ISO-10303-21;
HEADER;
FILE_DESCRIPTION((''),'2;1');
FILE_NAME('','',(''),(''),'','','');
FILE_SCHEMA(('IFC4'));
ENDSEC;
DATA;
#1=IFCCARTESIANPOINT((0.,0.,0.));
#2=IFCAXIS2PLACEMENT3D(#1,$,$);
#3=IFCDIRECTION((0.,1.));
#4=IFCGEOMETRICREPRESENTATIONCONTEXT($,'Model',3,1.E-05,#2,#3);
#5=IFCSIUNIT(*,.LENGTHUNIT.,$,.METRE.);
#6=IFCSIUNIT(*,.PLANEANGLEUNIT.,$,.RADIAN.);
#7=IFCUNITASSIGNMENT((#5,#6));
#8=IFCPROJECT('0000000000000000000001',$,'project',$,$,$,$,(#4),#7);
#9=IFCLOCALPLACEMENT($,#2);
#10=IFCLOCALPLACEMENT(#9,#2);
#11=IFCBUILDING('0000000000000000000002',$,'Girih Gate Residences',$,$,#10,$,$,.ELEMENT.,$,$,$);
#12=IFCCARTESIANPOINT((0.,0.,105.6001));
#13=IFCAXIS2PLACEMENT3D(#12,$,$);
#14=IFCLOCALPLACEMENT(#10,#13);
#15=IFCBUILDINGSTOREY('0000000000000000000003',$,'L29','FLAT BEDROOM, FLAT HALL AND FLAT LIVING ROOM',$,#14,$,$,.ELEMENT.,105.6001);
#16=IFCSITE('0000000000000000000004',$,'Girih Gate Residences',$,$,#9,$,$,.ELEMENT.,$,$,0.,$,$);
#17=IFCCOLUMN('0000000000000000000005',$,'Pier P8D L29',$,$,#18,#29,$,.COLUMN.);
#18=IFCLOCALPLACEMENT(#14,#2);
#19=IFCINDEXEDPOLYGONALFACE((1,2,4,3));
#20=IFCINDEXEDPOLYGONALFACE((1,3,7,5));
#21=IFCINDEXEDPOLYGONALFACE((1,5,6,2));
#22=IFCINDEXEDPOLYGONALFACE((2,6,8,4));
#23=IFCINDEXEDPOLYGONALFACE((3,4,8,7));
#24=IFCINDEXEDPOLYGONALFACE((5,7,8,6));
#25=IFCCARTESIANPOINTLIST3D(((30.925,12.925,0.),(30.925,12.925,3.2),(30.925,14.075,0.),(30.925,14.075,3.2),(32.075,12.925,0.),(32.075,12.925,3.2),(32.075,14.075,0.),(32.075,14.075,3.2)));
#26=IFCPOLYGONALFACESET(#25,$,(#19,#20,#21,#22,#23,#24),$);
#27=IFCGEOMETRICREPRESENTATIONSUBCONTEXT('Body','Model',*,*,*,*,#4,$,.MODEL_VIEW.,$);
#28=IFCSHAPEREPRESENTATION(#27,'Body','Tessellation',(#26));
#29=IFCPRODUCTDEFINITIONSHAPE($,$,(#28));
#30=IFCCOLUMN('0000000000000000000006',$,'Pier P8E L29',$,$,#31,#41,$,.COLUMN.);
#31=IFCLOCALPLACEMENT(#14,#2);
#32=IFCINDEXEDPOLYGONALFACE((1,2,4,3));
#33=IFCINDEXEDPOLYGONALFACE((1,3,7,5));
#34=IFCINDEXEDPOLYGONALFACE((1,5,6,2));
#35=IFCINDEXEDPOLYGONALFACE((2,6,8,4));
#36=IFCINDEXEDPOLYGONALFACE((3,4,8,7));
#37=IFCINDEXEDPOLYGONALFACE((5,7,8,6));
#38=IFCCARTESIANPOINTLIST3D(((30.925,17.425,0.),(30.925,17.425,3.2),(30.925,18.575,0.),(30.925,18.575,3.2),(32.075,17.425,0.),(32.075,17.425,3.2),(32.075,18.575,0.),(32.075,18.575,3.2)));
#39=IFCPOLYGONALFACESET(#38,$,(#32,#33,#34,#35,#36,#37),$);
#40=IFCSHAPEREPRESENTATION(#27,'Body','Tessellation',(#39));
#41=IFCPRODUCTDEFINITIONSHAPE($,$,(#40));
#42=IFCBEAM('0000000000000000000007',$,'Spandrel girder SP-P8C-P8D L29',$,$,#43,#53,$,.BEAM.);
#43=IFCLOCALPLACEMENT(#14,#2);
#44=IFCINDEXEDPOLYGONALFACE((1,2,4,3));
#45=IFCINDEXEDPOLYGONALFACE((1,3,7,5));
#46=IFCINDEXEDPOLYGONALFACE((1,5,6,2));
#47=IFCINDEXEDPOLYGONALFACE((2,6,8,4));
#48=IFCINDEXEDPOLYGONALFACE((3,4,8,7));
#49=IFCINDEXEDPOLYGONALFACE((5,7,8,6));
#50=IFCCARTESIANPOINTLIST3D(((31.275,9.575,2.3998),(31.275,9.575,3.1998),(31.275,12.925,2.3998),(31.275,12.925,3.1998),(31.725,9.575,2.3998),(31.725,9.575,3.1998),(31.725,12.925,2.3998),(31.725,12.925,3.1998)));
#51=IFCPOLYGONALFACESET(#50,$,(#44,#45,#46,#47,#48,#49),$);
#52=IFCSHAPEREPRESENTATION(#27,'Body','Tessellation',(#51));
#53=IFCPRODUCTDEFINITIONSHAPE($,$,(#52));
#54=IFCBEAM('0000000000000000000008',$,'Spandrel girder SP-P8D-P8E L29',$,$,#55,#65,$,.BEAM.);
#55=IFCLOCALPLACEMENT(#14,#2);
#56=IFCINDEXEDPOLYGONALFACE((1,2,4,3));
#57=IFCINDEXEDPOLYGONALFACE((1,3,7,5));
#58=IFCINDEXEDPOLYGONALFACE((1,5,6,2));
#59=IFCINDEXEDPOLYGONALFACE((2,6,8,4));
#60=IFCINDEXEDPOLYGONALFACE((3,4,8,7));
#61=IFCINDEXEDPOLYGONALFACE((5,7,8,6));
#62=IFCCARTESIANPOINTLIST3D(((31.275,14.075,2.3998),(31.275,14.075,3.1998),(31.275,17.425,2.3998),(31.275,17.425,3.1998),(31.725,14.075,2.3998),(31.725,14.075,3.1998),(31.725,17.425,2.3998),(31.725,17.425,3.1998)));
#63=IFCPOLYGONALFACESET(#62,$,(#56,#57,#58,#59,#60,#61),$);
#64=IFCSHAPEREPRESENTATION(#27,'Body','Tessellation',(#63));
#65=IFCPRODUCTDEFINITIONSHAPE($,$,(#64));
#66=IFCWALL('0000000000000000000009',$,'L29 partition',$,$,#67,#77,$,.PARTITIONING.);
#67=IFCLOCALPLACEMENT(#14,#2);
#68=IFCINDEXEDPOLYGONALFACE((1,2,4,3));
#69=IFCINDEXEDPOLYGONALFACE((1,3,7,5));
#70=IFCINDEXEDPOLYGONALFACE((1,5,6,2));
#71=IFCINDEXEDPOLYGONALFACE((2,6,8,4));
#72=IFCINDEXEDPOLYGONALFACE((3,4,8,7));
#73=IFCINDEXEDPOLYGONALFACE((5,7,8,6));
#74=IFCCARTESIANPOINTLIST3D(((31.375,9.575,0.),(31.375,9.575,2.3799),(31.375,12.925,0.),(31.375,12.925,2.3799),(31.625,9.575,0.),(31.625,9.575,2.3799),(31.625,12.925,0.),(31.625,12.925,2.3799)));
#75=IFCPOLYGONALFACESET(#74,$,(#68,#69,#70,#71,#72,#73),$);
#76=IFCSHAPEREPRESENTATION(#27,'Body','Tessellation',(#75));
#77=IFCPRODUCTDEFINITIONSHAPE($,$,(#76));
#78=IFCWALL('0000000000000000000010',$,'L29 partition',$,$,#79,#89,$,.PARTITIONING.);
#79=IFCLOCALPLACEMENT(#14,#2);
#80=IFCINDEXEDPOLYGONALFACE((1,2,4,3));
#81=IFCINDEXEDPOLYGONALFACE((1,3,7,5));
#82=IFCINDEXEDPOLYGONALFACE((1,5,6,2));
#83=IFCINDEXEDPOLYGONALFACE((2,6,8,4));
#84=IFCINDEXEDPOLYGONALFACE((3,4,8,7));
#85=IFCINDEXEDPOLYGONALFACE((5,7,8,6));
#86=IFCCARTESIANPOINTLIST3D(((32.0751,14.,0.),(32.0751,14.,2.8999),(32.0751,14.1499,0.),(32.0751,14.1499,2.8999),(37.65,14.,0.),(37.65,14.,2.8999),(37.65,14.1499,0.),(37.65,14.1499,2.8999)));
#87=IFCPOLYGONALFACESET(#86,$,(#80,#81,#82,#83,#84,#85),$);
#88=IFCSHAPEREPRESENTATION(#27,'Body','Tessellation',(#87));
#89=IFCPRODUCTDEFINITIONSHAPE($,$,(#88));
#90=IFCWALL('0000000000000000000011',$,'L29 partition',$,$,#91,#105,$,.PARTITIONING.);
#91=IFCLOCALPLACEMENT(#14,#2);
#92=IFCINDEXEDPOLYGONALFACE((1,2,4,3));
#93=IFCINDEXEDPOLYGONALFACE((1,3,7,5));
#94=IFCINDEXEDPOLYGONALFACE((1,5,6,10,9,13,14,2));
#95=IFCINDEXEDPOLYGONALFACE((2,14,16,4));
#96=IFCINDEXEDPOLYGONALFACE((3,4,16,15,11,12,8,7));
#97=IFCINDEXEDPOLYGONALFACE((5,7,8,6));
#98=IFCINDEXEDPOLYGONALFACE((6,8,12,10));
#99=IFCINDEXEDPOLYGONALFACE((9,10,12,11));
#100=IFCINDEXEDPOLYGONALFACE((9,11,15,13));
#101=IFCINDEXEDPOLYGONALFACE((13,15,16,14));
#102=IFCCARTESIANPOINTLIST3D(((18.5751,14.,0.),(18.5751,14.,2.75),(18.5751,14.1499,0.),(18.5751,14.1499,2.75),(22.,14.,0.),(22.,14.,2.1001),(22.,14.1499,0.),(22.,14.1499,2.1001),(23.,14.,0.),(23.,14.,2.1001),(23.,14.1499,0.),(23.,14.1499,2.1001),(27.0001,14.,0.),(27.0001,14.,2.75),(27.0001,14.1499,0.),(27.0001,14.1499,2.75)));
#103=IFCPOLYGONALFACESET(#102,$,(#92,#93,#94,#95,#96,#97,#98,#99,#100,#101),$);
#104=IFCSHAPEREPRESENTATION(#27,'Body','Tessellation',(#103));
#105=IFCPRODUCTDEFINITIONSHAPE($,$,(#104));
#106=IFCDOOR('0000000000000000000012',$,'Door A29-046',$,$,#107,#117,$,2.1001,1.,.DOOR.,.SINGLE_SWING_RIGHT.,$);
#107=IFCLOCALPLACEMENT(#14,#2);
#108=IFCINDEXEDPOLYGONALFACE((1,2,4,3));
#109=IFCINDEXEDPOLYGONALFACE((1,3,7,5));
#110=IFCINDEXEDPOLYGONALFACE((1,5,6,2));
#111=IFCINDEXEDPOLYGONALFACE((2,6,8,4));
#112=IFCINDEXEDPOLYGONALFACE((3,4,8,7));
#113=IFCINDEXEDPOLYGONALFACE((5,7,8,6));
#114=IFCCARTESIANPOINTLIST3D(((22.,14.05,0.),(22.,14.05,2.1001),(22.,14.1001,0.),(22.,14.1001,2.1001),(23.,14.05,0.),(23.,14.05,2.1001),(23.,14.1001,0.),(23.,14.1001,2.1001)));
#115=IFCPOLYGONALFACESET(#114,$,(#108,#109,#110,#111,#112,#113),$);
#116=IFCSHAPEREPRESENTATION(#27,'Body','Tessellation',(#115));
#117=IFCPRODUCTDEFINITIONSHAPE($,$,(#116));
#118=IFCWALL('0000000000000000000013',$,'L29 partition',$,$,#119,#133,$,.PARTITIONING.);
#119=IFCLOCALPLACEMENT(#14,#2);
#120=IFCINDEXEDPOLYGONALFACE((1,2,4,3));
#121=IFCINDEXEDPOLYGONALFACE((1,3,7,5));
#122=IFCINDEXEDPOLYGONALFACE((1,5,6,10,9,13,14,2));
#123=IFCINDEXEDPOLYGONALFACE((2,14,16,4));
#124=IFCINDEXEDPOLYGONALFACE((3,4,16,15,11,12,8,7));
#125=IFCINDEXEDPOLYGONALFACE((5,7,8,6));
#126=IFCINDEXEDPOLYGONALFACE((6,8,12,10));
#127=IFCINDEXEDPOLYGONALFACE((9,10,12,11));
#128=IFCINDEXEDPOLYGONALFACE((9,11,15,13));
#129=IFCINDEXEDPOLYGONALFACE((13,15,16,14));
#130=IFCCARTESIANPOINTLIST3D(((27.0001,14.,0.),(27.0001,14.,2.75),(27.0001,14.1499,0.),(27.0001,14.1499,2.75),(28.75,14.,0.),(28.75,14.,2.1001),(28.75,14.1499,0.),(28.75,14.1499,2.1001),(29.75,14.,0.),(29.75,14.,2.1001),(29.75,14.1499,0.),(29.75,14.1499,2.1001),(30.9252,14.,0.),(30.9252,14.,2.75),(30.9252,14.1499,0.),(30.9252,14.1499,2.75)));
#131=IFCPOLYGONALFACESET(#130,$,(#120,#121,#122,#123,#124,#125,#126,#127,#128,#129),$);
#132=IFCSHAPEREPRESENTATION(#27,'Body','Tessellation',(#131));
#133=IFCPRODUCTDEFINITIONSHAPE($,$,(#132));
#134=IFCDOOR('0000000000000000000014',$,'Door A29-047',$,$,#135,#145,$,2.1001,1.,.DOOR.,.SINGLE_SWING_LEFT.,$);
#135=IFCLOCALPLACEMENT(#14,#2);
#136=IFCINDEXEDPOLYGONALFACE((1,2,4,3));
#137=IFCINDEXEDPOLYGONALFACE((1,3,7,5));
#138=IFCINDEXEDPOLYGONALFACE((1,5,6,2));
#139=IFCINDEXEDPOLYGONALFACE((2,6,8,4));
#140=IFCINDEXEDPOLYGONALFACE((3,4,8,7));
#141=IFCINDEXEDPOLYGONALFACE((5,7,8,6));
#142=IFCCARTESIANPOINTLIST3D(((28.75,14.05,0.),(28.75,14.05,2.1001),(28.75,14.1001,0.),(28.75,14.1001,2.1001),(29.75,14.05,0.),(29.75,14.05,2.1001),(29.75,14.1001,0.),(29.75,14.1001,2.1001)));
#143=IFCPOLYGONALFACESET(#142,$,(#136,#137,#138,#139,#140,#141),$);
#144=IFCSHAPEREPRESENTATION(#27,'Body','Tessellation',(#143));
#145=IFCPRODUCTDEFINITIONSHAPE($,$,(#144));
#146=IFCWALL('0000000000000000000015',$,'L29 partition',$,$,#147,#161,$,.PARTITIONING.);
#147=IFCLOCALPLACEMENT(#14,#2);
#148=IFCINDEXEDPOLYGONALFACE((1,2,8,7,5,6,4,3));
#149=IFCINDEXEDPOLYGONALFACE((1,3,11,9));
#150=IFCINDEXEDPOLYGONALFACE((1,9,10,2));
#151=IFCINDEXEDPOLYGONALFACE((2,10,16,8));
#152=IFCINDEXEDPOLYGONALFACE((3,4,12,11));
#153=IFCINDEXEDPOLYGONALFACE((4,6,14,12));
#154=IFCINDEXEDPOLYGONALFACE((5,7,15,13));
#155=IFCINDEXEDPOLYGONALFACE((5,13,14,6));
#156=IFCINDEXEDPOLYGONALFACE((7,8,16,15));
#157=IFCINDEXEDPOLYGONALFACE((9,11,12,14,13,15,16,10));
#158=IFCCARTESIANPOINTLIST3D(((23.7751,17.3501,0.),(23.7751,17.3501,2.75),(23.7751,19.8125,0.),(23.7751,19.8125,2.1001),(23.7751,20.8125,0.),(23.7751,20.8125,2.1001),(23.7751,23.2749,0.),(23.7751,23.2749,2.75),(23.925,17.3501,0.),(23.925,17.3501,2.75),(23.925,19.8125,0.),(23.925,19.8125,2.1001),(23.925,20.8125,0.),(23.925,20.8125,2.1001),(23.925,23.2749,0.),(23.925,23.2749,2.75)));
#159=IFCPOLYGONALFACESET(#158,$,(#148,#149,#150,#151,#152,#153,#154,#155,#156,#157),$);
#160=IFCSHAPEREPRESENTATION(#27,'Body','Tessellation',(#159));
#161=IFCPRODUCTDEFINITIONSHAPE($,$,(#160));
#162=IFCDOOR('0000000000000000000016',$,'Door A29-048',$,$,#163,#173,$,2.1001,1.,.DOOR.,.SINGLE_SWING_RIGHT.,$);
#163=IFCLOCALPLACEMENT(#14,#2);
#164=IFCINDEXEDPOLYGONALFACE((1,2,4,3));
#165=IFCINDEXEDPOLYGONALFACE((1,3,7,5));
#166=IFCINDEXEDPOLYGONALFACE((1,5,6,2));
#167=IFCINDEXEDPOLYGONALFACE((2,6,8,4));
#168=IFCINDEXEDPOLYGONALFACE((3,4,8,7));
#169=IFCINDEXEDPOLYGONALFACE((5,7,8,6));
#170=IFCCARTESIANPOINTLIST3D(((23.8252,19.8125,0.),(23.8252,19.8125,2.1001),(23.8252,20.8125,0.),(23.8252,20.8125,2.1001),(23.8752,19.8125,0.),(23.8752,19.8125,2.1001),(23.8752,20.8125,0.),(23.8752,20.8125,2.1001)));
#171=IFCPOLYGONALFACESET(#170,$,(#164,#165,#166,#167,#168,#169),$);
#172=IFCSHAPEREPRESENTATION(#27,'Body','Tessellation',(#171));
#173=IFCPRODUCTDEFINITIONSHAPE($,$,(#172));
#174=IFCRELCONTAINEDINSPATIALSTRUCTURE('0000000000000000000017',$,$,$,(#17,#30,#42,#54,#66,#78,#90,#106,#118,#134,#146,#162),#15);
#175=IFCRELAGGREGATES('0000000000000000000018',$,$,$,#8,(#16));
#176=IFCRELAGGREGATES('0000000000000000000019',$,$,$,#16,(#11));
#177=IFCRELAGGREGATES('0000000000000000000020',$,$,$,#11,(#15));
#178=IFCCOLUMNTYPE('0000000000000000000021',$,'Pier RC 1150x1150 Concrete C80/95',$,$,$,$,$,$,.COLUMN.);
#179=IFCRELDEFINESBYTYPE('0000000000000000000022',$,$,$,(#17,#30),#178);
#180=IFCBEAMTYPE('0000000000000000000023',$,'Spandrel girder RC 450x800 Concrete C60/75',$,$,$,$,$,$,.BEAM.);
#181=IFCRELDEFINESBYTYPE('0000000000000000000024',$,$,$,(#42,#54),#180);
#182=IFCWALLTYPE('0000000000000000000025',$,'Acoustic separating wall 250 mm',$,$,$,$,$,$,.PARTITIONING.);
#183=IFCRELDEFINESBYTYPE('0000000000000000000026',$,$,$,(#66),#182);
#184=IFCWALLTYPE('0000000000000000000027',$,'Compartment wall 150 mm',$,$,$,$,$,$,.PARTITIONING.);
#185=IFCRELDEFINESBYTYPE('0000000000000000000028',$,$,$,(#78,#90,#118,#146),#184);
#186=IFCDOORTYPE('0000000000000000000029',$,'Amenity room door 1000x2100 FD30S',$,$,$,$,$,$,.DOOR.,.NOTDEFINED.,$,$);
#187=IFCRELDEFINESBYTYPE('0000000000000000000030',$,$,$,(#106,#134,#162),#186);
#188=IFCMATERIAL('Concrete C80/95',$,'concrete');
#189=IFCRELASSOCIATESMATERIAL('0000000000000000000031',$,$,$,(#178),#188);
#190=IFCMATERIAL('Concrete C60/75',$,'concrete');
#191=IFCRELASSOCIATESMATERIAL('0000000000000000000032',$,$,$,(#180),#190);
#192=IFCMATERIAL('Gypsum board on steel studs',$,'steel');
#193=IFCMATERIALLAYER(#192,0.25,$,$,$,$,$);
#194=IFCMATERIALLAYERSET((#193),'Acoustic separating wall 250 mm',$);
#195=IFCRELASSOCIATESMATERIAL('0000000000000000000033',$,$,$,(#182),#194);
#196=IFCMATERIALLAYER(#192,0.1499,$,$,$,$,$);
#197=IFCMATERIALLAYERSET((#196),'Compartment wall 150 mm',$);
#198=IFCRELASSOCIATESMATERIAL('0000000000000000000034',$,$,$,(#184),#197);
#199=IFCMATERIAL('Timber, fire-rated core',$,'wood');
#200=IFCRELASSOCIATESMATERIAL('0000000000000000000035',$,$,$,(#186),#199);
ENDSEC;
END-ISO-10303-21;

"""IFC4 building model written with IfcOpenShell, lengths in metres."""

from ifc_helpers import new_model, si_unit, direction, frame, frame_2d, origin, origin_2d, place, context, subcontext, project, spatial, rectangle, extrude, material, layer, layer_set, material_profile, profile_set, type_object, element, fill, save


model = new_model("IFC4")

# Units and contexts
model_context = context("Model", 3, precision=1e-05, world=origin(), true_north=direction((0.0, 1.0)))
body_context = subcontext(model_context, "Body", "Model", "MODEL_VIEW")
ifc_project = project(units=[si_unit("LENGTHUNIT", "METRE"), si_unit("PLANEANGLEUNIT", "RADIAN")], contexts=[model_context])

# Site, building, storey
site_placement = place(None, origin())
site = spatial("IfcSite", under=ifc_project, at=site_placement, Name="Girih Gate Residences", CompositionType="ELEMENT", RefElevation=0.0)
building_placement = place(site_placement, origin())
building = spatial("IfcBuilding", under=site, at=building_placement, Name="Girih Gate Residences", CompositionType="ELEMENT")
storey_placement = place(building_placement, frame((0.0, 0.0, 105.6001)))
storey = spatial("IfcBuildingStorey", under=building, at=storey_placement, Name="L29", Description="FLAT BEDROOM, FLAT HALL AND FLAT LIVING ROOM", CompositionType="ELEMENT", Elevation=105.6001)

# Columns
ifc_material_1 = material(Name="Concrete C80/95", Category="concrete")
ifc_material_profile_1 = material_profile(ifc_material_1, rectangle(XDim=1.1499, YDim=1.1499, at=origin_2d()))
ifc_profile_set_1 = profile_set([ifc_material_profile_1], Name="Concrete C80/95")
column_type = type_object("IfcColumnType", Name="Pier RC 1150x1150 Concrete C80/95", PredefinedType="COLUMN", material=ifc_profile_set_1)
for number, where, z_axis, x_axis, name in (
    (1, (31.5, 13.5, 0.0), (0.0, 0.0, 1.0), (1.0, 0.0, 0.0), "Pier P8D L29"),
    (2, (31.5, 18.0, 0.0), (0.0, 0.0, 1.0), (1.0, 0.0, 0.0), "Pier P8E L29"),
):
    element("IfcColumn", number, at=place(storey_placement, frame(where, z_axis=z_axis, x_axis=x_axis)), inside=storey, type_object=column_type, Name=name, PredefinedType="COLUMN", context=body_context, shape_type="SweptSolid", body=[
        extrude(rectangle(XDim=1.1499, YDim=1.1499, at=origin_2d()), origin(), (0.0, 0.0, 1.0), 3.2),
    ])

# Beams
ifc_material_2 = material(Name="Concrete C60/75", Category="concrete")
ifc_material_profile_2 = material_profile(ifc_material_2, rectangle(XDim=0.45, YDim=0.8, at=origin_2d()))
ifc_profile_set_2 = profile_set([ifc_material_profile_2], Name="Concrete C60/75")
beam_type = type_object("IfcBeamType", Name="Spandrel girder RC 450x800 Concrete C60/75", PredefinedType="BEAM", material=ifc_profile_set_2)
for number, where, z_axis, x_axis, name in (
    (3, (31.5, 9.575, 2.7998), (0.0, 1.0, 0.0), (-1.0, 0.0, 0.0), "Spandrel girder SP-P8C-P8D L29"),
    (4, (31.5, 14.075, 2.7998), (0.0, 1.0, 0.0), (-1.0, 0.0, 0.0), "Spandrel girder SP-P8D-P8E L29"),
):
    element("IfcBeam", number, at=place(storey_placement, frame(where, z_axis=z_axis, x_axis=x_axis)), inside=storey, type_object=beam_type, Name=name, PredefinedType="BEAM", context=body_context, shape_type="SweptSolid", body=[
        extrude(rectangle(XDim=0.45, YDim=0.8, at=origin_2d()), origin(), (0.0, 0.0, 1.0), 3.3501),
    ])

# Walls
ifc_material_3 = material(Name="Gypsum board on steel studs", Category="steel")
ifc_layer_1 = layer(ifc_material_3, 0.25)
ifc_layer_set_1 = layer_set([ifc_layer_1], Name="Acoustic separating wall 250 mm")
wall_type_1 = type_object("IfcWallType", Name="Acoustic separating wall 250 mm", PredefinedType="PARTITIONING", material=ifc_layer_set_1)
wall_1_placement = place(storey_placement, frame((31.5, 9.575, 0.0), z_axis=(0.0, 0.0, 1.0), x_axis=(0.0, 1.0, 0.0)))
element("IfcWall", 5, at=wall_1_placement, inside=storey, type_object=wall_type_1, Name="L29 partition", PredefinedType="PARTITIONING", context=body_context, shape_type="SweptSolid", body=[
    extrude(rectangle(XDim=3.3501, YDim=0.25, at=frame_2d((1.675, 0.0))), origin(), (0.0, 0.0, 1.0), 2.3799),
])
ifc_layer_2 = layer(ifc_material_3, 0.1499)
ifc_layer_set_2 = layer_set([ifc_layer_2], Name="Compartment wall 150 mm")
wall_type_2 = type_object("IfcWallType", Name="Compartment wall 150 mm", PredefinedType="PARTITIONING", material=ifc_layer_set_2)
wall_2_placement = place(storey_placement, frame((32.075, 14.075, 0.0), z_axis=(0.0, 0.0, 1.0), x_axis=(1.0, 0.0, 0.0)))
element("IfcWall", 6, at=wall_2_placement, inside=storey, type_object=wall_type_2, Name="L29 partition", PredefinedType="PARTITIONING", context=body_context, shape_type="SweptSolid", body=[
    extrude(rectangle(XDim=5.575, YDim=0.1499, at=frame_2d((2.7876, 0.0))), origin(), (0.0, 0.0, 1.0), 2.8999),
])

# Walls, openings, doors
wall_3_placement = place(storey_placement, frame((27.0, 14.075, 0.0), z_axis=(0.0, 0.0, 1.0), x_axis=(-1.0, 0.0, 0.0)))
wall_3 = element("IfcWall", 7, at=wall_3_placement, inside=storey, type_object=wall_type_2, Name="L29 partition", PredefinedType="PARTITIONING", context=body_context, shape_type="SweptSolid", body=[
    extrude(rectangle(XDim=8.425, YDim=0.1499, at=frame_2d((4.2124, 0.0))), origin(), (0.0, 0.0, 1.0), 2.75),
])
opening_1_placement = place(wall_3_placement, frame((4.0, 0.0, 0.0)))
opening_1 = element("IfcOpeningElement", 8, at=opening_1_placement, cuts=wall_3, PredefinedType="OPENING", context=body_context, shape_type="SweptSolid", body=[
    extrude(rectangle(XDim=1.0, YDim=2.1001, at=frame_2d((0.5, 1.05))), frame((0.0, 0.085, 0.0), z_axis=(0.0, -1.0, 0.0), x_axis=(1.0, 0.0, 0.0)), (0.0, 0.0, 1.0), 0.1699),
])
ifc_material_4 = material(Name="Timber, fire-rated core", Category="wood")
door_type_1 = type_object("IfcDoorType", Name="Amenity room door 1000x2100 FD30S", OperationType="NOTDEFINED", PredefinedType="DOOR", material=ifc_material_4)
door_1_placement = place(opening_1_placement, origin())
door_1 = element("IfcDoor", 9, at=door_1_placement, inside=storey, type_object=door_type_1, Name="Door A29-046", OperationType="SINGLE_SWING_RIGHT", OverallHeight=2.1001, OverallWidth=1.0, PredefinedType="DOOR", context=body_context, shape_type="SweptSolid", body=[
    extrude(rectangle(XDim=1.0, YDim=2.1001, at=frame_2d((0.5, 1.05))), frame((0.0, 0.0249, 0.0), z_axis=(0.0, -1.0, 0.0), x_axis=(1.0, 0.0, 0.0)), (0.0, 0.0, 1.0), 0.05),
])
fill(opening_1, door_1)
wall_4_placement = place(storey_placement, frame((30.925, 14.075, 0.0), z_axis=(0.0, 0.0, 1.0), x_axis=(-1.0, 0.0, 0.0)))
wall_4 = element("IfcWall", 10, at=wall_4_placement, inside=storey, type_object=wall_type_2, Name="L29 partition", PredefinedType="PARTITIONING", context=body_context, shape_type="SweptSolid", body=[
    extrude(rectangle(XDim=3.925, YDim=0.1499, at=frame_2d((1.9624, 0.0))), origin(), (0.0, 0.0, 1.0), 2.75),
])
opening_2_placement = place(wall_4_placement, frame((1.175, 0.0, 0.0)))
opening_2 = element("IfcOpeningElement", 11, at=opening_2_placement, cuts=wall_4, PredefinedType="OPENING", context=body_context, shape_type="SweptSolid", body=[
    extrude(rectangle(XDim=1.0, YDim=2.1001, at=frame_2d((0.5, 1.05))), frame((0.0, 0.085, 0.0), z_axis=(0.0, -1.0, 0.0), x_axis=(1.0, 0.0, 0.0)), (0.0, 0.0, 1.0), 0.1699),
])
door_2_placement = place(opening_2_placement, origin())
door_2 = element("IfcDoor", 12, at=door_2_placement, inside=storey, type_object=door_type_1, Name="Door A29-047", OperationType="SINGLE_SWING_LEFT", OverallHeight=2.1001, OverallWidth=1.0, PredefinedType="DOOR", context=body_context, shape_type="SweptSolid", body=[
    extrude(rectangle(XDim=1.0, YDim=2.1001, at=frame_2d((0.5, 1.05))), frame((0.0, 0.0249, 0.0), z_axis=(0.0, -1.0, 0.0), x_axis=(1.0, 0.0, 0.0)), (0.0, 0.0, 1.0), 0.05),
])
fill(opening_2, door_2)
wall_5_placement = place(storey_placement, frame((23.8501, 17.3501, 0.0), z_axis=(0.0, 0.0, 1.0), x_axis=(0.0, 1.0, 0.0)))
wall_5 = element("IfcWall", 13, at=wall_5_placement, inside=storey, type_object=wall_type_2, Name="L29 partition", PredefinedType="PARTITIONING", context=body_context, shape_type="SweptSolid", body=[
    extrude(rectangle(XDim=5.9248, YDim=0.1499, at=frame_2d((2.9624, 0.0))), origin(), (0.0, 0.0, 1.0), 2.75),
])
opening_3_placement = place(wall_5_placement, frame((2.4624, 0.0, 0.0)))
opening_3 = element("IfcOpeningElement", 14, at=opening_3_placement, cuts=wall_5, PredefinedType="OPENING", context=body_context, shape_type="SweptSolid", body=[
    extrude(rectangle(XDim=1.0, YDim=2.1001, at=frame_2d((0.5, 1.05))), frame((0.0, 0.085, 0.0), z_axis=(0.0, -1.0, 0.0), x_axis=(1.0, 0.0, 0.0)), (0.0, 0.0, 1.0), 0.1699),
])
door_3_placement = place(opening_3_placement, origin())
door_3 = element("IfcDoor", 15, at=door_3_placement, inside=storey, type_object=door_type_1, Name="Door A29-048", OperationType="SINGLE_SWING_RIGHT", OverallHeight=2.1001, OverallWidth=1.0, PredefinedType="DOOR", context=body_context, shape_type="SweptSolid", body=[
    extrude(rectangle(XDim=1.0, YDim=2.1001, at=frame_2d((0.5, 1.05))), frame((0.0, 0.0249, 0.0), z_axis=(0.0, -1.0, 0.0), x_axis=(1.0, 0.0, 0.0)), (0.0, 0.0, 1.0), 0.05),
])
fill(opening_3, door_3)

save(model, "model.ifc")
